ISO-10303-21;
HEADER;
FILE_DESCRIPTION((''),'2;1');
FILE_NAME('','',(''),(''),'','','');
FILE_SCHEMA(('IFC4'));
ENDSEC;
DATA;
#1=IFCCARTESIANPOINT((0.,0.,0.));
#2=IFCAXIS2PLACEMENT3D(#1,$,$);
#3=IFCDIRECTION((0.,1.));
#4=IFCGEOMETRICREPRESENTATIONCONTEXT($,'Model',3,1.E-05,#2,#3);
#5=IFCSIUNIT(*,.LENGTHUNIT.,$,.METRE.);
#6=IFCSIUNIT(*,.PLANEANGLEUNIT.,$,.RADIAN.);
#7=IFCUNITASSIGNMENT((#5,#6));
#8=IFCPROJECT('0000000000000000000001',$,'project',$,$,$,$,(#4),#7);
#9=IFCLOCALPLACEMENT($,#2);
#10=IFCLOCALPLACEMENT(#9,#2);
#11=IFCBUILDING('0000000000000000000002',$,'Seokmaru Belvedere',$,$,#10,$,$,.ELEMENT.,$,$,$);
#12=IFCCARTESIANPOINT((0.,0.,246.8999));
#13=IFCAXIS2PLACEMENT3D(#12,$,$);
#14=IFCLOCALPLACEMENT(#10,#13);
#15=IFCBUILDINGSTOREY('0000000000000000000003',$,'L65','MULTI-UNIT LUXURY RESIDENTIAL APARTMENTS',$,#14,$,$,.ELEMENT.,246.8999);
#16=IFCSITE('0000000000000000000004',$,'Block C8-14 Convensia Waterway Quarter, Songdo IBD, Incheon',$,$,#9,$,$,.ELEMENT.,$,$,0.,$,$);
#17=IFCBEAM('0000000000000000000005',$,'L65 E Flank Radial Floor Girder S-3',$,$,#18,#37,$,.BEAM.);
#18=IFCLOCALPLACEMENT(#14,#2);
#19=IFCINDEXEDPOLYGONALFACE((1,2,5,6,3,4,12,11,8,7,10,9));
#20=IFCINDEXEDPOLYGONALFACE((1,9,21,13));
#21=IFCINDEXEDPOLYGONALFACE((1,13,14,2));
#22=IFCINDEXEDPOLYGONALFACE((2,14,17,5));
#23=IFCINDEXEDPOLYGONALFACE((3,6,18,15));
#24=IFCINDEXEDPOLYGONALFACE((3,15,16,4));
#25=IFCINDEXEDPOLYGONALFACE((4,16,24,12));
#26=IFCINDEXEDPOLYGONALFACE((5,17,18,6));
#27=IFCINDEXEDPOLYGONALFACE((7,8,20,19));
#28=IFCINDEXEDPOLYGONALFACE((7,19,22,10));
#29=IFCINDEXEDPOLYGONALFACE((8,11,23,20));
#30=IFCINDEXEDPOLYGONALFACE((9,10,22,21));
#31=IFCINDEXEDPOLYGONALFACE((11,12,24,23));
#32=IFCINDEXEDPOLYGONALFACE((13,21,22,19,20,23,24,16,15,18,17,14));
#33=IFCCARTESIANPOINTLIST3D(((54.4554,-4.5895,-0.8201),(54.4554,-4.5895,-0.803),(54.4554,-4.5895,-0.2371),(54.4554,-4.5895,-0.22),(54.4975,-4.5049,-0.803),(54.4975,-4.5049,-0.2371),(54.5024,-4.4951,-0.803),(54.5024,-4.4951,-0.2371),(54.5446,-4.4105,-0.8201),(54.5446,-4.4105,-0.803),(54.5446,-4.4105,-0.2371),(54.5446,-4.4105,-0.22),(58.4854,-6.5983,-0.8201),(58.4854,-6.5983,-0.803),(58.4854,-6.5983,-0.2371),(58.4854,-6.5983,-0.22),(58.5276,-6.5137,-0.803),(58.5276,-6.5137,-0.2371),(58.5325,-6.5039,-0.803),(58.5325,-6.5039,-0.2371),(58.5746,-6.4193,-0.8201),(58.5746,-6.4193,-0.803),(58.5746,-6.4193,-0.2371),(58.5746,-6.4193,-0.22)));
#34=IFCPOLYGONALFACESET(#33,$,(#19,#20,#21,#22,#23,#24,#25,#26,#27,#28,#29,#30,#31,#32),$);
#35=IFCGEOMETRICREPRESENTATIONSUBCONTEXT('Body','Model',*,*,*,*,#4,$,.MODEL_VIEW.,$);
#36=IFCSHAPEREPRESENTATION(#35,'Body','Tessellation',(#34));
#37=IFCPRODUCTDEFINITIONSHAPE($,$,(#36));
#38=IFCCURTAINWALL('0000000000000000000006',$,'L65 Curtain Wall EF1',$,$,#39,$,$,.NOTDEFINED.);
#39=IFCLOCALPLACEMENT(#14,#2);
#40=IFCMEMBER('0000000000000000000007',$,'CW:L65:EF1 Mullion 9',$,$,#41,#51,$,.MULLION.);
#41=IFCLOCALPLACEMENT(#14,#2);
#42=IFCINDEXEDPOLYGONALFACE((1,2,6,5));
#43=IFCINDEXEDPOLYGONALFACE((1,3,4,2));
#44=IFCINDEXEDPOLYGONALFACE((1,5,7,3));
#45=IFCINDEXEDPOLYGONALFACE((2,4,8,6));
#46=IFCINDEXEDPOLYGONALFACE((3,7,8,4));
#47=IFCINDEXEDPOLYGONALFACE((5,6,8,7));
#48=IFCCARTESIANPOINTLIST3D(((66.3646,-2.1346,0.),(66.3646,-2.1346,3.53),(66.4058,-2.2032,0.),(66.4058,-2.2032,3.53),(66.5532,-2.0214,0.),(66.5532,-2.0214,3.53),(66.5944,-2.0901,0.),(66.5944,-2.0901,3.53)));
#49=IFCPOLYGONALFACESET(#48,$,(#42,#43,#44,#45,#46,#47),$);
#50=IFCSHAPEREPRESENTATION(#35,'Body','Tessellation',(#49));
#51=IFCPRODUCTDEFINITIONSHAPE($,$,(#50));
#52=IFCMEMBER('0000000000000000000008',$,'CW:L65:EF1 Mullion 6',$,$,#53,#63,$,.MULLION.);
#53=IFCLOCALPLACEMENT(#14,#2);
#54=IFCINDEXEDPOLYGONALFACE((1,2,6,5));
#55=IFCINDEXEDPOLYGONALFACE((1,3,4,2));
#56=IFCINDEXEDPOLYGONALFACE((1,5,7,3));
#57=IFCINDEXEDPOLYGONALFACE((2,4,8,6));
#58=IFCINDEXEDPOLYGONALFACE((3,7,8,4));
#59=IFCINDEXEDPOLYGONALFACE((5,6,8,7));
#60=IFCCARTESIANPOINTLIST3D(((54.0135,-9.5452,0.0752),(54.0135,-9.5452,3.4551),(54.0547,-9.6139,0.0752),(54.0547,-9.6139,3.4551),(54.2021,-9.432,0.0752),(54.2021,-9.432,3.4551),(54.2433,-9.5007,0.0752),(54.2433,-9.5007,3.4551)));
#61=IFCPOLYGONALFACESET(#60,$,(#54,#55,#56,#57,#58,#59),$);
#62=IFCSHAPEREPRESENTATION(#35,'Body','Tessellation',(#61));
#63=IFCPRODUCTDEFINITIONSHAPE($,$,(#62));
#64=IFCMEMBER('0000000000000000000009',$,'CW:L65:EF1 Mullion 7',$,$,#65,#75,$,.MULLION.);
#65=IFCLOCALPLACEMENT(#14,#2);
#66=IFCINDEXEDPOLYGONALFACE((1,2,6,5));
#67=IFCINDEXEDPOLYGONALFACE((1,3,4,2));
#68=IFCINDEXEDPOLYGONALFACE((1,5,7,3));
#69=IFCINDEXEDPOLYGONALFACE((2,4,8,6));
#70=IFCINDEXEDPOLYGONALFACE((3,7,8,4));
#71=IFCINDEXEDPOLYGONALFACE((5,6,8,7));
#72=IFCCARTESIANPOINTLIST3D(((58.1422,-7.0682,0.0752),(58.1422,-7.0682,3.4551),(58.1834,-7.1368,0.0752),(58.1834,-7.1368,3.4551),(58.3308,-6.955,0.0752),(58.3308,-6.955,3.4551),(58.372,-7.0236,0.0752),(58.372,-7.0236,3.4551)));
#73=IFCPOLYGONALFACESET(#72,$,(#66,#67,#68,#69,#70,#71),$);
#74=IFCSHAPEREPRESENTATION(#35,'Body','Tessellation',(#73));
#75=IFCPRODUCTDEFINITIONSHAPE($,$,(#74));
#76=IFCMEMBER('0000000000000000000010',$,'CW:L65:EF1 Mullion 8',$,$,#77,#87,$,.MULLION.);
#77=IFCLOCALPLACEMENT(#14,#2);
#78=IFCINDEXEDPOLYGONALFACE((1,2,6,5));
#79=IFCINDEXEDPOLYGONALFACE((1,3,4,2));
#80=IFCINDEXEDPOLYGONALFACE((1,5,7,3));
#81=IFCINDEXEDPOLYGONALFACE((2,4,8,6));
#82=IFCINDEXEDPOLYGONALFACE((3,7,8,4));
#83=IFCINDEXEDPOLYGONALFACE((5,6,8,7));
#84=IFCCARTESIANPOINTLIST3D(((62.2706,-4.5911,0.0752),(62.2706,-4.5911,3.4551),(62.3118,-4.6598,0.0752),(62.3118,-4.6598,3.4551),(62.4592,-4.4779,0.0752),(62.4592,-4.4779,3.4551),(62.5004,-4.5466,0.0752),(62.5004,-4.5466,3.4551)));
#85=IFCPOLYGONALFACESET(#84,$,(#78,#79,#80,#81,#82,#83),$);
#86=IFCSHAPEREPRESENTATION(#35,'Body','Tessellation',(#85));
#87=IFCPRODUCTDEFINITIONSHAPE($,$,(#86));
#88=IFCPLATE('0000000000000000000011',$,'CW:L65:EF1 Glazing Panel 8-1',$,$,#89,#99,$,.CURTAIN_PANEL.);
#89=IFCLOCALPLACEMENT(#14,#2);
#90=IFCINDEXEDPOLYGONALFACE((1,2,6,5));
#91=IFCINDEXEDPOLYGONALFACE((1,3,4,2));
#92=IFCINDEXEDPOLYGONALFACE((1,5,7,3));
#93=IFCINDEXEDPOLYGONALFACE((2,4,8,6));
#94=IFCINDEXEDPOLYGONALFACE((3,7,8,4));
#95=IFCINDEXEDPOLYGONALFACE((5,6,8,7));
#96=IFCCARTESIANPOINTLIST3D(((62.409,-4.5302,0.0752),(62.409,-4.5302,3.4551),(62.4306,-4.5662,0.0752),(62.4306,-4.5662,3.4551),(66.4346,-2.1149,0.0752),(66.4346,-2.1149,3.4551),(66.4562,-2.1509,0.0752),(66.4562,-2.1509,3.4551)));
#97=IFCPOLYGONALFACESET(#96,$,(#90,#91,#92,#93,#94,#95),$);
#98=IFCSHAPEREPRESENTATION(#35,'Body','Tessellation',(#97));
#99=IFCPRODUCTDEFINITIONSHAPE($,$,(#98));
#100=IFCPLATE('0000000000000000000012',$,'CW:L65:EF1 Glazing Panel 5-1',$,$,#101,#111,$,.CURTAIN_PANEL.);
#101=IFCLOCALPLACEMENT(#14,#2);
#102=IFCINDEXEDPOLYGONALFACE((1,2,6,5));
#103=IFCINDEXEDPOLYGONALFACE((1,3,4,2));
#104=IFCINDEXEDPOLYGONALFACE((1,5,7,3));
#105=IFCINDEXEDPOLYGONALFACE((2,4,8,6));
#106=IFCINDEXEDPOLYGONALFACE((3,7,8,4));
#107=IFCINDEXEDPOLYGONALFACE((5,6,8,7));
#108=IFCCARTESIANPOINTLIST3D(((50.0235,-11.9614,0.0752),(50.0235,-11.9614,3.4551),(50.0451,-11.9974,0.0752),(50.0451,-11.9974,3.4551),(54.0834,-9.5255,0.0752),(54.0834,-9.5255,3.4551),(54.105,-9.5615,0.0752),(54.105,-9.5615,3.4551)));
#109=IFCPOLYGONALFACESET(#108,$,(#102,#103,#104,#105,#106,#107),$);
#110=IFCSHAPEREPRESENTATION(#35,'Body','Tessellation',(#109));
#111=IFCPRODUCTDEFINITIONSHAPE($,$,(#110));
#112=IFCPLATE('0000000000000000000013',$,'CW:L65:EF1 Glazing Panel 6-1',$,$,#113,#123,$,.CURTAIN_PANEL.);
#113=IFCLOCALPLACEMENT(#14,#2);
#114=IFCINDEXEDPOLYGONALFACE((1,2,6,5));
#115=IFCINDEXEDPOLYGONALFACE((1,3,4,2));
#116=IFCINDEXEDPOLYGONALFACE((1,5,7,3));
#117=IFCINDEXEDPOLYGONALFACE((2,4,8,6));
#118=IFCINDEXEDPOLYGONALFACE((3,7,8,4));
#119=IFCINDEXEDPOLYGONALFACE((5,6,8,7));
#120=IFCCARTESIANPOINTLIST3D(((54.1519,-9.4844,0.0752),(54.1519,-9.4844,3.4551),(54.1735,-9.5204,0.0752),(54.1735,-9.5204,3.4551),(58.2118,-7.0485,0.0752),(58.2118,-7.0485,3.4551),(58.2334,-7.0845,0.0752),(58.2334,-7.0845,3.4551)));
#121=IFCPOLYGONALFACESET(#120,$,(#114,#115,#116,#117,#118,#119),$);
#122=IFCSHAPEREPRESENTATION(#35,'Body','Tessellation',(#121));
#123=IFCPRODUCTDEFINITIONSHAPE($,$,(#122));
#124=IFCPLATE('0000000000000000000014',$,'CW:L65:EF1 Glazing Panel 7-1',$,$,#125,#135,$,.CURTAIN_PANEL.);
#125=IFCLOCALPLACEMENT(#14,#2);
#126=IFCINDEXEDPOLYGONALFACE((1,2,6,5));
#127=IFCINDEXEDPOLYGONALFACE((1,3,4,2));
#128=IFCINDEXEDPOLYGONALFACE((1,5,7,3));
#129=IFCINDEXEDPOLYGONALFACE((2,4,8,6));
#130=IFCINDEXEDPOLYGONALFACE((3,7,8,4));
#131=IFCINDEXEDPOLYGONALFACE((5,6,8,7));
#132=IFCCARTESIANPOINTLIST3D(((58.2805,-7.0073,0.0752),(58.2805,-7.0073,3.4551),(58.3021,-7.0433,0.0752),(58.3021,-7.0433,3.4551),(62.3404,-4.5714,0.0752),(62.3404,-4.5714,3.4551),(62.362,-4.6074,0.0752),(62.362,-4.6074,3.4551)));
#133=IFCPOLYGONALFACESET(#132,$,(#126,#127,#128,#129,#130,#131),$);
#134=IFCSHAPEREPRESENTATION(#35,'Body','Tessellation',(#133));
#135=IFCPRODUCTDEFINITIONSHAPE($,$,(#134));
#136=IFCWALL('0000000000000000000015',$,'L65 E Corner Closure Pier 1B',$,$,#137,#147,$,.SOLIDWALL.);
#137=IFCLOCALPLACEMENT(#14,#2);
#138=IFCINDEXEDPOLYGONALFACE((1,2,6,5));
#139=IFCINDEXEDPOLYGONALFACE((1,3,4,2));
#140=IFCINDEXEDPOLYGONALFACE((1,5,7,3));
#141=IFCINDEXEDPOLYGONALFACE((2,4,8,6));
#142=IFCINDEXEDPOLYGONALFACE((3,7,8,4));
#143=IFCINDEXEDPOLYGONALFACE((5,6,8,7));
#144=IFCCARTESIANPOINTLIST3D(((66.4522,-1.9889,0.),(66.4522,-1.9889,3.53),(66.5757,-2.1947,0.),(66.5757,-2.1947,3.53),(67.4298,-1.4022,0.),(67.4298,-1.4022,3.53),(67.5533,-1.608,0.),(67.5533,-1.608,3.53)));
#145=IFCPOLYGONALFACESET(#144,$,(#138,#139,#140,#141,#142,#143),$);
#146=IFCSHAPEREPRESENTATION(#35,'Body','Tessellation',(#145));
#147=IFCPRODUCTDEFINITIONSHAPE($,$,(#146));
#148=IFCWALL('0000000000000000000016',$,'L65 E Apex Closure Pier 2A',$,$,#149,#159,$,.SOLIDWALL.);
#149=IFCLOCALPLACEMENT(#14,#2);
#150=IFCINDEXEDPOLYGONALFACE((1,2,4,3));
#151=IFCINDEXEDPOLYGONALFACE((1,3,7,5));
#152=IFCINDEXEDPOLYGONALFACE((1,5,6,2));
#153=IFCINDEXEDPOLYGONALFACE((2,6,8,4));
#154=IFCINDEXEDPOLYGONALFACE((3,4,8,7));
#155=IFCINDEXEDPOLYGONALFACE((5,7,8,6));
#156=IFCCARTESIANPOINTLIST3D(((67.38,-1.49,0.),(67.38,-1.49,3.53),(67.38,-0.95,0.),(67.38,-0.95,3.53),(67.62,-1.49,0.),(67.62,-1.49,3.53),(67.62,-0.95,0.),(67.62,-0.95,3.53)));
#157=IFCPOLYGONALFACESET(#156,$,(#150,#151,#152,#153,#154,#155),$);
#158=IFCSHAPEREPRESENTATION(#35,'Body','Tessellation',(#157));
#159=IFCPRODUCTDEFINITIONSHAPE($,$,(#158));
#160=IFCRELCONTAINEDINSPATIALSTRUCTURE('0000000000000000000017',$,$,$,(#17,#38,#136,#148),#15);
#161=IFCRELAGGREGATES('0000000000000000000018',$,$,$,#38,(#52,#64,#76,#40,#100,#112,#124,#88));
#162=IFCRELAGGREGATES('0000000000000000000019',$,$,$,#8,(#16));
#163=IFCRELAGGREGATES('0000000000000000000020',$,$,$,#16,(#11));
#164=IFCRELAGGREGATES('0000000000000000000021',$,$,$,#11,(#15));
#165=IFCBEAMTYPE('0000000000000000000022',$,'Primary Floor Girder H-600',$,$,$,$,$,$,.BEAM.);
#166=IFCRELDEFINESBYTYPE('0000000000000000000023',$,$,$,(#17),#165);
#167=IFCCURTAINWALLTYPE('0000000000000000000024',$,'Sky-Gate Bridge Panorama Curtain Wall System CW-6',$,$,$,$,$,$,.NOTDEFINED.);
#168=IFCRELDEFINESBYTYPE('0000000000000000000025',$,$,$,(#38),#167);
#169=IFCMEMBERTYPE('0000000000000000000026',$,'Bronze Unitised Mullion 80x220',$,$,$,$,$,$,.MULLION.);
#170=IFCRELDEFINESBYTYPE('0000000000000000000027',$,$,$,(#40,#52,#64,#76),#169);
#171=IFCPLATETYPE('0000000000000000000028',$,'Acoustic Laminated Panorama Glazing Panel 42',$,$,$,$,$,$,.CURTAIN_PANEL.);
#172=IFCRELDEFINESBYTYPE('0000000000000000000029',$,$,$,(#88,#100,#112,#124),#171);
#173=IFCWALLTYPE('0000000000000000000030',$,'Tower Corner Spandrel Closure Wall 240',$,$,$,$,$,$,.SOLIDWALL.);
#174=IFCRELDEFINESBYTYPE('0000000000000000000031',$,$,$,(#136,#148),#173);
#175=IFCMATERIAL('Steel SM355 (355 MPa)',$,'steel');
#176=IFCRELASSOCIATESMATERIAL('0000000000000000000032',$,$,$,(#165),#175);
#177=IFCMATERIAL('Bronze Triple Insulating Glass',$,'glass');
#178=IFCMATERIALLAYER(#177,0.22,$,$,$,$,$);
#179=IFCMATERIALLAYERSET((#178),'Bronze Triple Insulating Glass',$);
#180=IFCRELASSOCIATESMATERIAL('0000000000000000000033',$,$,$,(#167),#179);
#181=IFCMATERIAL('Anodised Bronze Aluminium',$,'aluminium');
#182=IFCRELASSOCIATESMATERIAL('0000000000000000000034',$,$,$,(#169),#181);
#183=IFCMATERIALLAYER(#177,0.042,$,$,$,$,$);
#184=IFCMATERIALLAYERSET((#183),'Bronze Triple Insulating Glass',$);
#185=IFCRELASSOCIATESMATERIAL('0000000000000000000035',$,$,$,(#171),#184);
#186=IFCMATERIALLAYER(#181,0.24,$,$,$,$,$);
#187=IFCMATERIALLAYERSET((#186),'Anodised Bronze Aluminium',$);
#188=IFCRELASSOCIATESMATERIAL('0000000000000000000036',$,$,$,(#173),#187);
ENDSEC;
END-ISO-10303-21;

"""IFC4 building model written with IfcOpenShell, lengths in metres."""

from ifc_helpers import new_model, si_unit, direction, frame, frame_2d, origin, origin_2d, place, context, subcontext, project, spatial, rectangle, i_section, extrude, source, transform, mapped, material, layer, layer_set, material_profile, profile_set, type_object, type_shapes, element, aggregate, save


model = new_model("IFC4")

# Units and contexts
model_context = context("Model", 3, precision=1e-05, world=origin(), true_north=direction((0.0, 1.0)))
body_context = subcontext(model_context, "Body", "Model", "MODEL_VIEW")
ifc_project = project(units=[si_unit("LENGTHUNIT", "METRE"), si_unit("PLANEANGLEUNIT", "RADIAN")], contexts=[model_context])

# Site, building, storey
site_placement = place(None, origin())
site = spatial("IfcSite", under=ifc_project, at=site_placement, Name="Block C8-14 Convensia Waterway Quarter, Songdo IBD, Incheon", CompositionType="ELEMENT", RefElevation=0.0)
building_placement = place(site_placement, origin())
building = spatial("IfcBuilding", under=site, at=building_placement, Name="Seokmaru Belvedere", CompositionType="ELEMENT")
storey_placement = place(building_placement, frame((0.0, 0.0, 246.8999)))
storey = spatial("IfcBuildingStorey", under=building, at=storey_placement, Name="L65", Description="MULTI-UNIT LUXURY RESIDENTIAL APARTMENTS", CompositionType="ELEMENT", Elevation=246.8999)

# Shared definitions
ifc_material_1 = material(Name="Steel SM355 (355 MPa)", Category="steel")

# Beam
ifc_material_profile_1 = material_profile(ifc_material_1, i_section(OverallWidth=0.2, OverallDepth=0.6001, WebThickness=0.011, FlangeThickness=0.0171, at=origin_2d()), Name="H-600x200x11x17")
ifc_profile_set_1 = profile_set([ifc_material_profile_1], Name="Steel SM355 (355 MPa)")
beam_type_1 = type_object("IfcBeamType", Name="Primary Floor Girder H-600", PredefinedType="BEAM", material=ifc_profile_set_1)
shared_shape_1 = source(origin(), body_context, "Body", "SweptSolid", [
    extrude(i_section(OverallWidth=0.2, OverallDepth=0.6001, WebThickness=0.011, FlangeThickness=0.0171, at=origin_2d()), origin(), (0.0, 0.0, 1.0), 4.5029),
])
beam_1_placement = place(storey_placement, frame((58.53, -6.5088, -0.52), z_axis=(-0.89498, 0.446107, 0.0), x_axis=(-0.446107, -0.89498, 0.0)))
element("IfcBeam", 1, at=beam_1_placement, inside=storey, type_object=beam_type_1, Name="L65 E Flank Radial Floor Girder S-3", PredefinedType="BEAM", context=body_context, shape_type="MappedRepresentation", body=[
    mapped(shared_shape_1, transform((0.0, 0.0, 0.0), scale=1.0)),
])

# Curtain wall, members, plates
ifc_material_2 = material(Name="Bronze Triple Insulating Glass", Category="glass")
ifc_layer_1 = layer(ifc_material_2, 0.22)
ifc_layer_set_1 = layer_set([ifc_layer_1], Name="Bronze Triple Insulating Glass")
curtain_wall_type = type_object("IfcCurtainWallType", Name="Sky-Gate Bridge Panorama Curtain Wall System CW-6", PredefinedType="NOTDEFINED", material=ifc_layer_set_1)
curtain_wall_placement = place(storey_placement, origin())
curtain_wall = element("IfcCurtainWall", 2, at=curtain_wall_placement, inside=storey, type_object=curtain_wall_type, Name="L65 Curtain Wall EF1", PredefinedType="NOTDEFINED")
ifc_material_3 = material(Name="Anodised Bronze Aluminium", Category="aluminium")
ifc_material_profile_2 = material_profile(ifc_material_3, rectangle(XDim=0.0801, YDim=0.22, at=origin_2d()), Name="CW-M-80x220")
ifc_profile_set_2 = profile_set([ifc_material_profile_2], Name="Anodised Bronze Aluminium")
member_type = type_object("IfcMemberType", Name="Bronze Unitised Mullion 80x220", PredefinedType="MULLION", material=ifc_profile_set_2)
shared_shape_2 = source(origin(), body_context, "Body", "SweptSolid", [
    extrude(rectangle(XDim=0.0801, YDim=0.22, at=origin_2d()), origin(), (0.0, 0.0, 1.0), 3.53),
])
member_1_placement = place(storey_placement, frame((66.4795, -2.1123, 0.0), z_axis=(0.0, 0.0, 1.0), x_axis=(-0.514495, 0.857493, 0.0)))
member_1 = element("IfcMember", 3, at=member_1_placement, type_object=member_type, Name="CW:L65:EF1 Mullion 9", PredefinedType="MULLION", context=body_context, shape_type="MappedRepresentation", body=[
    mapped(shared_shape_2, transform((0.0, 0.0, 0.0), scale=1.0)),
])
shared_shape_3 = source(origin(), body_context, "Body", "SweptSolid", [
    extrude(rectangle(XDim=0.0801, YDim=0.22, at=origin_2d()), origin(), (0.0, 0.0, 1.0), 3.3799),
])
type_shapes(member_type, [shared_shape_2, shared_shape_3])
member_2_placement = place(storey_placement, frame((54.1284, -9.5229, 0.0752), z_axis=(0.0, 0.0, 1.0), x_axis=(-0.514495, 0.857493, 0.0)))
member_2 = element("IfcMember", 4, at=member_2_placement, type_object=member_type, Name="CW:L65:EF1 Mullion 6", PredefinedType="MULLION", context=body_context, shape_type="MappedRepresentation", body=[
    mapped(shared_shape_3, transform((0.0, 0.0, 0.0), scale=1.0)),
])
member_3_placement = place(storey_placement, frame((58.2571, -7.0459, 0.0752), z_axis=(0.0, 0.0, 1.0), x_axis=(-0.514495, 0.857493, 0.0)))
member_3 = element("IfcMember", 5, at=member_3_placement, type_object=member_type, Name="CW:L65:EF1 Mullion 7", PredefinedType="MULLION", context=body_context, shape_type="MappedRepresentation", body=[
    mapped(shared_shape_3, transform((0.0, 0.0, 0.0), scale=1.0)),
])
member_4_placement = place(storey_placement, frame((62.3855, -4.5688, 0.0752), z_axis=(0.0, 0.0, 1.0), x_axis=(-0.514495, 0.857493, 0.0)))
member_4 = element("IfcMember", 6, at=member_4_placement, type_object=member_type, Name="CW:L65:EF1 Mullion 8", PredefinedType="MULLION", context=body_context, shape_type="MappedRepresentation", body=[
    mapped(shared_shape_3, transform((0.0, 0.0, 0.0), scale=1.0)),
])
ifc_layer_2 = layer(ifc_material_2, 0.042)
ifc_layer_set_2 = layer_set([ifc_layer_2], Name="Bronze Triple Insulating Glass")
plate_type = type_object("IfcPlateType", Name="Acoustic Laminated Panorama Glazing Panel 42", PredefinedType="CURTAIN_PANEL", material=ifc_layer_set_2)
shared_shape_4 = source(origin(), body_context, "Body", "SweptSolid", [
    extrude(rectangle(XDim=4.6946, YDim=0.042, at=origin_2d()), origin(), (0.0, 0.0, 1.0), 3.3799),
])
plate_1_placement = place(storey_placement, frame((64.4326, -3.3406, 0.0752), z_axis=(0.0, 0.0, 1.0), x_axis=(0.857493, 0.514495, 0.0)))
plate_1 = element("IfcPlate", 7, at=plate_1_placement, type_object=plate_type, Name="CW:L65:EF1 Glazing Panel 8-1", PredefinedType="CURTAIN_PANEL", context=body_context, shape_type="MappedRepresentation", body=[
    mapped(shared_shape_4, transform((0.0, 0.0, 0.0), scale=1.0)),
])
shared_shape_5 = source(origin(), body_context, "Body", "SweptSolid", [
    extrude(rectangle(XDim=4.7346, YDim=0.042, at=origin_2d()), origin(), (0.0, 0.0, 1.0), 3.3799),
])
type_shapes(plate_type, [shared_shape_4, shared_shape_5])
plate_2_placement = place(storey_placement, frame((52.0642, -10.7615, 0.0752), z_axis=(0.0, 0.0, 1.0), x_axis=(0.857493, 0.514495, 0.0)))
plate_2 = element("IfcPlate", 8, at=plate_2_placement, type_object=plate_type, Name="CW:L65:EF1 Glazing Panel 5-1", PredefinedType="CURTAIN_PANEL", context=body_context, shape_type="MappedRepresentation", body=[
    mapped(shared_shape_5, transform((0.0, 0.0, 0.0), scale=1.0)),
])
plate_3_placement = place(storey_placement, frame((56.1926, -8.2844, 0.0752), z_axis=(0.0, 0.0, 1.0), x_axis=(0.857493, 0.514495, 0.0)))
plate_3 = element("IfcPlate", 9, at=plate_3_placement, type_object=plate_type, Name="CW:L65:EF1 Glazing Panel 6-1", PredefinedType="CURTAIN_PANEL", context=body_context, shape_type="MappedRepresentation", body=[
    mapped(shared_shape_5, transform((0.0, 0.0, 0.0), scale=1.0)),
])
plate_4_placement = place(storey_placement, frame((60.3213, -5.8074, 0.0752), z_axis=(0.0, 0.0, 1.0), x_axis=(0.857493, 0.514495, 0.0)))
plate_4 = element("IfcPlate", 10, at=plate_4_placement, type_object=plate_type, Name="CW:L65:EF1 Glazing Panel 7-1", PredefinedType="CURTAIN_PANEL", context=body_context, shape_type="MappedRepresentation", body=[
    mapped(shared_shape_5, transform((0.0, 0.0, 0.0), scale=1.0)),
])
aggregate(curtain_wall, [member_2, member_3, member_4, member_1, plate_2, plate_3, plate_4, plate_1])

# Walls
ifc_layer_3 = layer(ifc_material_3, 0.24)
ifc_layer_set_3 = layer_set([ifc_layer_3], Name="Anodised Bronze Aluminium")
wall_type_1 = type_object("IfcWallType", Name="Tower Corner Spandrel Closure Wall 240", PredefinedType="SOLIDWALL", material=ifc_layer_set_3)
wall_1_placement = place(storey_placement, frame((66.5139, -2.0918, 0.0), z_axis=(0.0, 0.0, 1.0), x_axis=(0.857436, 0.51459, 0.0)))
element("IfcWall", 11, at=wall_1_placement, inside=storey, type_object=wall_type_1, Name="L65 E Corner Closure Pier 1B", PredefinedType="SOLIDWALL", context=body_context, shape_type="SweptSolid", body=[
    extrude(rectangle(XDim=1.1401, YDim=0.24, at=frame_2d((0.5701, 0.0))), origin(), (0.0, 0.0, 1.0), 3.53),
])
wall_2_placement = place(storey_placement, frame((67.5, -1.49, 0.0), z_axis=(0.0, 0.0, 1.0), x_axis=(0.0, 1.0, 0.0)))
element("IfcWall", 12, at=wall_2_placement, inside=storey, type_object=wall_type_1, Name="L65 E Apex Closure Pier 2A", PredefinedType="SOLIDWALL", context=body_context, shape_type="SweptSolid", body=[
    extrude(rectangle(XDim=0.54, YDim=0.24, at=frame_2d((0.27, 0.0))), origin(), (0.0, 0.0, 1.0), 3.53),
])

save(model, "model.ifc")
